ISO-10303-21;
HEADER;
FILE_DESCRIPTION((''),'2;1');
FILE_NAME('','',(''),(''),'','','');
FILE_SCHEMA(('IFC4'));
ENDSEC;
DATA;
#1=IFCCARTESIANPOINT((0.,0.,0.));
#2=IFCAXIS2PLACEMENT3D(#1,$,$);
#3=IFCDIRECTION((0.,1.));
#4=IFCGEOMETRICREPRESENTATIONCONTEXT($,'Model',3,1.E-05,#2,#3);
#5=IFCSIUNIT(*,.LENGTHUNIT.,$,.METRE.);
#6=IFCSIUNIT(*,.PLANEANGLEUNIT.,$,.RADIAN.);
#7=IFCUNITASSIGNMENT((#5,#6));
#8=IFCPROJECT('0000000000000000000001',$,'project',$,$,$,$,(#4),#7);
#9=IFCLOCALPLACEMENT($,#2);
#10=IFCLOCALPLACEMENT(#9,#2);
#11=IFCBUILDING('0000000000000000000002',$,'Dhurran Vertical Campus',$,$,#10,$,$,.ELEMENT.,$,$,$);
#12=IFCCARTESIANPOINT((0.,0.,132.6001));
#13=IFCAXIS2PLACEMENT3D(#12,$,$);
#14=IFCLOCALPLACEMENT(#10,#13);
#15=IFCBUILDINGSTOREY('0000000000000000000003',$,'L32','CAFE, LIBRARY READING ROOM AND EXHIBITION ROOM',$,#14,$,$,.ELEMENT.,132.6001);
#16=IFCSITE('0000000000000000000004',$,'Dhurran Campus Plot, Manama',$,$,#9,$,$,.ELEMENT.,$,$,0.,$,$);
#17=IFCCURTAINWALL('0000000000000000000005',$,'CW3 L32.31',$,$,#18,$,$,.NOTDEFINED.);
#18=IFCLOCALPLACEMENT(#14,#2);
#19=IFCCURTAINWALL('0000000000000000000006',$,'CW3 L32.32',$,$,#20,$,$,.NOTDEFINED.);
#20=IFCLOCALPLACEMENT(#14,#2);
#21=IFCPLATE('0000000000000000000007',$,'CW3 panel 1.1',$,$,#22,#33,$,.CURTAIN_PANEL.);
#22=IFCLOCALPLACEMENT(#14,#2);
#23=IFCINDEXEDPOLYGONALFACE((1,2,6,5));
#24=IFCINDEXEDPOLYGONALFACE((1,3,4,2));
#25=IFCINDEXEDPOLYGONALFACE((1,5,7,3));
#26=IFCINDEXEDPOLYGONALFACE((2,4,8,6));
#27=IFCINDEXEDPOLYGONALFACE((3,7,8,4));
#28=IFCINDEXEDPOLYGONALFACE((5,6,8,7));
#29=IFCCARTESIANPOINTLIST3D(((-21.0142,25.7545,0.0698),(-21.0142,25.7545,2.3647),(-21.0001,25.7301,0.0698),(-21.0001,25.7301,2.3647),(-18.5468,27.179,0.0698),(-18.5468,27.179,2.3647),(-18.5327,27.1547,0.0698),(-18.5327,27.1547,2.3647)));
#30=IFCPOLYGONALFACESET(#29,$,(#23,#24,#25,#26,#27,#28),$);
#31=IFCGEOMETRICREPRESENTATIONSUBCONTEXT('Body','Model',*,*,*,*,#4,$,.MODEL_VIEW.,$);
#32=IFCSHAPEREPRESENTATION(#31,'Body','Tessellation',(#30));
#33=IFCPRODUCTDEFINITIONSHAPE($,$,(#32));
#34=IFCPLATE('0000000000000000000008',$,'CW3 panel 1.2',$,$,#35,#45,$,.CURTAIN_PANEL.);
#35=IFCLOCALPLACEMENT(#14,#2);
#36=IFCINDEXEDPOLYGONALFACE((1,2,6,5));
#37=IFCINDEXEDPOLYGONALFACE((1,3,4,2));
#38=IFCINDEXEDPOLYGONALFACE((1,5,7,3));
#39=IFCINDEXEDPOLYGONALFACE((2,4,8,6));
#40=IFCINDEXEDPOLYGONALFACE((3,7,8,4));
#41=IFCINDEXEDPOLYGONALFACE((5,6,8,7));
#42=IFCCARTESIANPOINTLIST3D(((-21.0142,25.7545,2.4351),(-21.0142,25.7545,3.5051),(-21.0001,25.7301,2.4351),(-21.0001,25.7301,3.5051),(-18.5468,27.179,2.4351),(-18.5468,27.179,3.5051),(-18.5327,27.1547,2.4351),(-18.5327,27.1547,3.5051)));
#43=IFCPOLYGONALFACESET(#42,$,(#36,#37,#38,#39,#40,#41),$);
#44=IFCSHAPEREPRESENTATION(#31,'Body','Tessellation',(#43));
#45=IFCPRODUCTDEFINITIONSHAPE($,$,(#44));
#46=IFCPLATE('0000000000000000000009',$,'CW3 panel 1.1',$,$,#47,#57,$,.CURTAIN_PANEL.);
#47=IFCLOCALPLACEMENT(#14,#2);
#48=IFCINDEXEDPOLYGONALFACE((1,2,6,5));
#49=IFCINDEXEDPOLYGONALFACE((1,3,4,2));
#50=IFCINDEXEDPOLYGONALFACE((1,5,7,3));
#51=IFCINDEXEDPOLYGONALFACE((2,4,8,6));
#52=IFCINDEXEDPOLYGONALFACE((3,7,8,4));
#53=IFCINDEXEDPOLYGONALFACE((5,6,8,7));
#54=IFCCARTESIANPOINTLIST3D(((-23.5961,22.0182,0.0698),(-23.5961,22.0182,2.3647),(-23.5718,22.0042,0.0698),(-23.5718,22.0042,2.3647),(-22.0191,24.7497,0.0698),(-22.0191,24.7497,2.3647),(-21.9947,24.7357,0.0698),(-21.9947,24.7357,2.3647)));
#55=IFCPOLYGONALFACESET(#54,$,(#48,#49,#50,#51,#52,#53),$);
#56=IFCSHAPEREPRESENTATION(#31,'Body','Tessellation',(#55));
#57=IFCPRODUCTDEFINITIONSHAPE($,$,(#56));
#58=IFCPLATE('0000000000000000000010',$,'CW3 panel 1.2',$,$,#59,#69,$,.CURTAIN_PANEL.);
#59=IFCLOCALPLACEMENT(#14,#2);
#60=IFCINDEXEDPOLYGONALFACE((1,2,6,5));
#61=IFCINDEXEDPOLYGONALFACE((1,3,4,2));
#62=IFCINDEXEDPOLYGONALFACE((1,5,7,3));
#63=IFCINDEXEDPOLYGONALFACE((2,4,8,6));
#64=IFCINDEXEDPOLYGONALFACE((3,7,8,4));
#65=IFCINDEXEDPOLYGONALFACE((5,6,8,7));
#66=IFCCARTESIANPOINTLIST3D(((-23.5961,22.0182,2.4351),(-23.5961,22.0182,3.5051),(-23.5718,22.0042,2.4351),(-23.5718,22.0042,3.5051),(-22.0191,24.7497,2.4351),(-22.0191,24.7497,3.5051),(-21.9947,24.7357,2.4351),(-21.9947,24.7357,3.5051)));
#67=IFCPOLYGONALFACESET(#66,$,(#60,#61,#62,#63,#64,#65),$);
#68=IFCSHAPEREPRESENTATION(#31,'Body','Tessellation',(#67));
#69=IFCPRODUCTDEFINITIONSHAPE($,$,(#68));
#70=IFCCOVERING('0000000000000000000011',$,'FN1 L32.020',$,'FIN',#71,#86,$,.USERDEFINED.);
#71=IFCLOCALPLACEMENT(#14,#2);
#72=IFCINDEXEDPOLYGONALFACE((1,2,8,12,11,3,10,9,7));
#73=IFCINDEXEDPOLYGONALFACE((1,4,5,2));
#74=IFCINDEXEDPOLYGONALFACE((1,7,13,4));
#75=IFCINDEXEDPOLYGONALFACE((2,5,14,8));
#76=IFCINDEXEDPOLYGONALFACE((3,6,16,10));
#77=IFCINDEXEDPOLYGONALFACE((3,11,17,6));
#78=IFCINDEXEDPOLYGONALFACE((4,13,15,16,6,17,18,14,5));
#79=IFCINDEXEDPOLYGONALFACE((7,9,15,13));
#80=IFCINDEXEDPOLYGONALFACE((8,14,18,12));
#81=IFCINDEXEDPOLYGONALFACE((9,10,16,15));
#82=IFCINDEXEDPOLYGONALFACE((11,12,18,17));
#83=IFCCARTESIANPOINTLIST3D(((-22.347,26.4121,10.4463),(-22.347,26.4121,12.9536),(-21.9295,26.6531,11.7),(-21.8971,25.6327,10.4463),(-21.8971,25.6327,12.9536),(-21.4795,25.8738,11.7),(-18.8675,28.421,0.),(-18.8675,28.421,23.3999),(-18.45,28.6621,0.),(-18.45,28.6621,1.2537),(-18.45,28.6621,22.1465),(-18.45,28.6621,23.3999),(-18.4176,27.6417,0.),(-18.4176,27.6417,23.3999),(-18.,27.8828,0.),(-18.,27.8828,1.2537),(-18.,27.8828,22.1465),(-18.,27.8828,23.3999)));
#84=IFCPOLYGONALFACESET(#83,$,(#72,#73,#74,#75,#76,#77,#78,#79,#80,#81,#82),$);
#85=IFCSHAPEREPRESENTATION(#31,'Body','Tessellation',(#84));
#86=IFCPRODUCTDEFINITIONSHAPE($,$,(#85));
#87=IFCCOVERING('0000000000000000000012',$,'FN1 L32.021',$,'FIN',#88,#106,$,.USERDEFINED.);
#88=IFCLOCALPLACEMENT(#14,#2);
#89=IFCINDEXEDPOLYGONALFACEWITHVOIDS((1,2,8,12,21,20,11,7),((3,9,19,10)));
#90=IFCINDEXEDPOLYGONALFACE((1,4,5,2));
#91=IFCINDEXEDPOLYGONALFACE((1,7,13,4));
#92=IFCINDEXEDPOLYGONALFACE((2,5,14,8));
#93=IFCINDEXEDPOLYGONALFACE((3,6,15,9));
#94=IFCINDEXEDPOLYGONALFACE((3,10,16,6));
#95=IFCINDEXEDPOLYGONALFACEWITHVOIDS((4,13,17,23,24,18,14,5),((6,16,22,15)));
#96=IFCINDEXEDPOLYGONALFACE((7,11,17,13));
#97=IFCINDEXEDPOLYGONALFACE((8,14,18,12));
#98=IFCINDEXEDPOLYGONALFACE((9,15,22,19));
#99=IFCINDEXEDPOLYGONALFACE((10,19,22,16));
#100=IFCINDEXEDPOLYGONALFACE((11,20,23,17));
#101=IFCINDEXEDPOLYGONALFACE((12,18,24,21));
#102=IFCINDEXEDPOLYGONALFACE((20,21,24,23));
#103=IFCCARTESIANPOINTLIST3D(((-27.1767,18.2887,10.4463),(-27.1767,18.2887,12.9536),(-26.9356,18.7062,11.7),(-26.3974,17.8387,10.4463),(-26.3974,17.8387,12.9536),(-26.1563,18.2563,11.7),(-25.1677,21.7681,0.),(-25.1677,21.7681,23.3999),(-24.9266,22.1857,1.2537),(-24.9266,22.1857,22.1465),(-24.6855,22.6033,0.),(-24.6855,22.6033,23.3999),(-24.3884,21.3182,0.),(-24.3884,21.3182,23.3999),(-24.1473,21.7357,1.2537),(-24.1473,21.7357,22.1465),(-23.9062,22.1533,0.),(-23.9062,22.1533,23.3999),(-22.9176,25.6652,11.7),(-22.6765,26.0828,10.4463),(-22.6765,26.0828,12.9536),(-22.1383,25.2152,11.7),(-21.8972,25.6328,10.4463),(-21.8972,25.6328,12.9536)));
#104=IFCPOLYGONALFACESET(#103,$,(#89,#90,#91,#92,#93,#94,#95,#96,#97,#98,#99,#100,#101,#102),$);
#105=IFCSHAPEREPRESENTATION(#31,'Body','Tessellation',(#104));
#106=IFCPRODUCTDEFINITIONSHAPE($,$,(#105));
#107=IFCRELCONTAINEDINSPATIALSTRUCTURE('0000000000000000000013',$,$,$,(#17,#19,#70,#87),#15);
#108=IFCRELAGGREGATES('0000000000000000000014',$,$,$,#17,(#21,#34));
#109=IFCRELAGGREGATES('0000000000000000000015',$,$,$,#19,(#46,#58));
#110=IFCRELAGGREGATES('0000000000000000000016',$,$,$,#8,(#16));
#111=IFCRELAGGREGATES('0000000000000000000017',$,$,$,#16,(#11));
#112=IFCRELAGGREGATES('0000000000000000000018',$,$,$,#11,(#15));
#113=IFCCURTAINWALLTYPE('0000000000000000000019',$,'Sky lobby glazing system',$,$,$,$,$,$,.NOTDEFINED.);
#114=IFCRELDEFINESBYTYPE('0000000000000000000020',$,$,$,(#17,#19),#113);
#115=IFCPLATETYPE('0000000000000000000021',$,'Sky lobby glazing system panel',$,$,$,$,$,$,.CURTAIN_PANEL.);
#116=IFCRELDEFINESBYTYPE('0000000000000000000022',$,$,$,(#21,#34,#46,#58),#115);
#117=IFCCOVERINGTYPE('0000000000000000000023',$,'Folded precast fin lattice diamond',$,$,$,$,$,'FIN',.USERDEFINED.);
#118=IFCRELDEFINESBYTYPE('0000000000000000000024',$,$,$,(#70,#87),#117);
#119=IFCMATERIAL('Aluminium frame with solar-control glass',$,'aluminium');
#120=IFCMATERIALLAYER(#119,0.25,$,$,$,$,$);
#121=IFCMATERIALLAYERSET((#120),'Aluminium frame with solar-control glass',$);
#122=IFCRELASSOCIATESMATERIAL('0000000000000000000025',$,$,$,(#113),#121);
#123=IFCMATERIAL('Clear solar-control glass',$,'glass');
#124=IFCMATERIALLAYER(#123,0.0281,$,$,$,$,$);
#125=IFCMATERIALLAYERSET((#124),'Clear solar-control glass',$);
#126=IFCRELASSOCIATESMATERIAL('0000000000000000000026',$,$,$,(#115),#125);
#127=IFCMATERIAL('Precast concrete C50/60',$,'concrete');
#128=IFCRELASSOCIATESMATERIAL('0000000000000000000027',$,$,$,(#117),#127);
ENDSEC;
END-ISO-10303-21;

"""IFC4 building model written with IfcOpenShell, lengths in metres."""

from ifc_helpers import new_model, si_unit, direction, frame, origin, origin_2d, place, context, subcontext, project, spatial, polyline, rectangle, outline, extrude, material, layer, layer_set, type_object, element, aggregate, save


model = new_model("IFC4")

# Units and contexts
model_context = context("Model", 3, precision=1e-05, world=origin(), true_north=direction((0.0, 1.0)))
body_context = subcontext(model_context, "Body", "Model", "MODEL_VIEW")
ifc_project = project(units=[si_unit("LENGTHUNIT", "METRE"), si_unit("PLANEANGLEUNIT", "RADIAN")], contexts=[model_context])

# Site, building, storey
site_placement = place(None, origin())
site = spatial("IfcSite", under=ifc_project, at=site_placement, Name="Dhurran Campus Plot, Manama", CompositionType="ELEMENT", RefElevation=0.0)
building_placement = place(site_placement, origin())
building = spatial("IfcBuilding", under=site, at=building_placement, Name="Dhurran Vertical Campus", CompositionType="ELEMENT")
storey_placement = place(building_placement, frame((0.0, 0.0, 132.6001)))
storey = spatial("IfcBuildingStorey", under=building, at=storey_placement, Name="L32", Description="CAFE, LIBRARY READING ROOM AND EXHIBITION ROOM", CompositionType="ELEMENT", Elevation=132.6001)

# Shared definitions
ifc_material_1 = material(Name="Aluminium frame with solar-control glass", Category="aluminium")
ifc_layer_1 = layer(ifc_material_1, 0.25)
ifc_layer_set_1 = layer_set([ifc_layer_1], Name="Aluminium frame with solar-control glass")
curtain_wall_type = type_object("IfcCurtainWallType", Name="Sky lobby glazing system", PredefinedType="NOTDEFINED", material=ifc_layer_set_1)

# Curtain walls
curtain_wall_1_placement = place(storey_placement, origin())
curtain_wall_1 = element("IfcCurtainWall", 1, at=curtain_wall_1_placement, inside=storey, type_object=curtain_wall_type, Name="CW3 L32.31", PredefinedType="NOTDEFINED")
curtain_wall_2_placement = place(storey_placement, origin())
curtain_wall_2 = element("IfcCurtainWall", 2, at=curtain_wall_2_placement, inside=storey, type_object=curtain_wall_type, Name="CW3 L32.32", PredefinedType="NOTDEFINED")

# Plates
ifc_material_2 = material(Name="Clear solar-control glass", Category="glass")
ifc_layer_2 = layer(ifc_material_2, 0.0281)
ifc_layer_set_2 = layer_set([ifc_layer_2], Name="Clear solar-control glass")
plate_type = type_object("IfcPlateType", Name="Sky lobby glazing system panel", PredefinedType="CURTAIN_PANEL", material=ifc_layer_set_2)
plate_1_placement = place(storey_placement, frame((-19.7734, 26.4546, 0.0698), z_axis=(0.0, 0.0, 1.0), x_axis=(-0.866023, -0.500003, 0.0)))
plate_1 = element("IfcPlate", 3, at=plate_1_placement, type_object=plate_type, Name="CW3 panel 1.1", PredefinedType="CURTAIN_PANEL", context=body_context, shape_type="SweptSolid", body=[
    extrude(rectangle(XDim=2.8491, YDim=0.0281, at=origin_2d()), origin(), (0.0, 0.0, 1.0), 2.2949),
])
plate_2_placement = place(storey_placement, frame((-19.7734, 26.4546, 2.4351), z_axis=(0.0, 0.0, 1.0), x_axis=(-0.866023, -0.500003, 0.0)))
plate_2 = element("IfcPlate", 4, at=plate_2_placement, type_object=plate_type, Name="CW3 panel 1.2", PredefinedType="CURTAIN_PANEL", context=body_context, shape_type="SweptSolid", body=[
    extrude(rectangle(XDim=2.8491, YDim=0.0281, at=origin_2d()), origin(), (0.0, 0.0, 1.0), 1.0701),
])
aggregate(curtain_wall_1, [plate_1, plate_2])
plate_3_placement = place(storey_placement, frame((-22.7954, 23.377, 0.0698), z_axis=(0.0, 0.0, 1.0), x_axis=(-0.499998, -0.866026, 0.0)))
plate_3 = element("IfcPlate", 5, at=plate_3_placement, type_object=plate_type, Name="CW3 panel 1.1", PredefinedType="CURTAIN_PANEL", context=body_context, shape_type="SweptSolid", body=[
    extrude(rectangle(XDim=3.1541, YDim=0.0281, at=origin_2d()), origin(), (0.0, 0.0, 1.0), 2.2949),
])
plate_4_placement = place(storey_placement, frame((-22.7954, 23.377, 2.4351), z_axis=(0.0, 0.0, 1.0), x_axis=(-0.499998, -0.866026, 0.0)))
plate_4 = element("IfcPlate", 6, at=plate_4_placement, type_object=plate_type, Name="CW3 panel 1.2", PredefinedType="CURTAIN_PANEL", context=body_context, shape_type="SweptSolid", body=[
    extrude(rectangle(XDim=3.1541, YDim=0.0281, at=origin_2d()), origin(), (0.0, 0.0, 1.0), 1.0701),
])
aggregate(curtain_wall_2, [plate_3, plate_4])

# Coverings
ifc_material_3 = material(Name="Precast concrete C50/60", Category="concrete")
covering_type = type_object("IfcCoveringType", Name="Folded precast fin lattice diamond", ElementType="FIN", PredefinedType="USERDEFINED", material=ifc_material_3)
covering_1_placement = place(storey_placement, frame((-18.0, 27.8828, 0.0), z_axis=(-0.50002, 0.866014, 0.0), x_axis=(-0.866014, -0.50002, 0.0)))
element("IfcCovering", 7, at=covering_1_placement, inside=storey, type_object=covering_type, Name="FN1 L32.020", ObjectType="FIN", PredefinedType="USERDEFINED", context=body_context, shape_type="SweptSolid", body=[
    extrude(outline(polyline([(4.5, 10.4463), (0.4822, 0.0), (0.0, 0.0), (0.0, 1.2537), (4.0178, 11.7), (0.0, 22.1465), (0.0, 23.3999), (0.4822, 23.3999), (4.5, 12.9536), (4.5, 10.4463)])), origin(), (0.0, 0.0, 1.0), 0.8999),
])
covering_2_placement = place(storey_placement, frame((-21.8972, 25.6328, 0.0), z_axis=(-0.866014, 0.50002, 0.0), x_axis=(-0.50002, -0.866014, 0.0)))
element("IfcCovering", 8, at=covering_2_placement, inside=storey, type_object=covering_type, Name="FN1 L32.021", ObjectType="FIN", PredefinedType="USERDEFINED", context=body_context, shape_type="SweptSolid", body=[
    extrude(outline(polyline([(9.0, 12.9536), (9.0, 10.4463), (4.9822, 0.0), (4.0178, 0.0), (0.0, 10.4463), (0.0, 12.9536), (4.0178, 23.3999), (4.9822, 23.3999), (9.0, 12.9536)]), holes=[polyline([(8.5178, 11.7), (4.5, 22.1465), (0.4822, 11.7), (4.5, 1.2537), (8.5178, 11.7)])]), origin(), (0.0, 0.0, 1.0), 0.8999),
])

save(model, "model.ifc")
